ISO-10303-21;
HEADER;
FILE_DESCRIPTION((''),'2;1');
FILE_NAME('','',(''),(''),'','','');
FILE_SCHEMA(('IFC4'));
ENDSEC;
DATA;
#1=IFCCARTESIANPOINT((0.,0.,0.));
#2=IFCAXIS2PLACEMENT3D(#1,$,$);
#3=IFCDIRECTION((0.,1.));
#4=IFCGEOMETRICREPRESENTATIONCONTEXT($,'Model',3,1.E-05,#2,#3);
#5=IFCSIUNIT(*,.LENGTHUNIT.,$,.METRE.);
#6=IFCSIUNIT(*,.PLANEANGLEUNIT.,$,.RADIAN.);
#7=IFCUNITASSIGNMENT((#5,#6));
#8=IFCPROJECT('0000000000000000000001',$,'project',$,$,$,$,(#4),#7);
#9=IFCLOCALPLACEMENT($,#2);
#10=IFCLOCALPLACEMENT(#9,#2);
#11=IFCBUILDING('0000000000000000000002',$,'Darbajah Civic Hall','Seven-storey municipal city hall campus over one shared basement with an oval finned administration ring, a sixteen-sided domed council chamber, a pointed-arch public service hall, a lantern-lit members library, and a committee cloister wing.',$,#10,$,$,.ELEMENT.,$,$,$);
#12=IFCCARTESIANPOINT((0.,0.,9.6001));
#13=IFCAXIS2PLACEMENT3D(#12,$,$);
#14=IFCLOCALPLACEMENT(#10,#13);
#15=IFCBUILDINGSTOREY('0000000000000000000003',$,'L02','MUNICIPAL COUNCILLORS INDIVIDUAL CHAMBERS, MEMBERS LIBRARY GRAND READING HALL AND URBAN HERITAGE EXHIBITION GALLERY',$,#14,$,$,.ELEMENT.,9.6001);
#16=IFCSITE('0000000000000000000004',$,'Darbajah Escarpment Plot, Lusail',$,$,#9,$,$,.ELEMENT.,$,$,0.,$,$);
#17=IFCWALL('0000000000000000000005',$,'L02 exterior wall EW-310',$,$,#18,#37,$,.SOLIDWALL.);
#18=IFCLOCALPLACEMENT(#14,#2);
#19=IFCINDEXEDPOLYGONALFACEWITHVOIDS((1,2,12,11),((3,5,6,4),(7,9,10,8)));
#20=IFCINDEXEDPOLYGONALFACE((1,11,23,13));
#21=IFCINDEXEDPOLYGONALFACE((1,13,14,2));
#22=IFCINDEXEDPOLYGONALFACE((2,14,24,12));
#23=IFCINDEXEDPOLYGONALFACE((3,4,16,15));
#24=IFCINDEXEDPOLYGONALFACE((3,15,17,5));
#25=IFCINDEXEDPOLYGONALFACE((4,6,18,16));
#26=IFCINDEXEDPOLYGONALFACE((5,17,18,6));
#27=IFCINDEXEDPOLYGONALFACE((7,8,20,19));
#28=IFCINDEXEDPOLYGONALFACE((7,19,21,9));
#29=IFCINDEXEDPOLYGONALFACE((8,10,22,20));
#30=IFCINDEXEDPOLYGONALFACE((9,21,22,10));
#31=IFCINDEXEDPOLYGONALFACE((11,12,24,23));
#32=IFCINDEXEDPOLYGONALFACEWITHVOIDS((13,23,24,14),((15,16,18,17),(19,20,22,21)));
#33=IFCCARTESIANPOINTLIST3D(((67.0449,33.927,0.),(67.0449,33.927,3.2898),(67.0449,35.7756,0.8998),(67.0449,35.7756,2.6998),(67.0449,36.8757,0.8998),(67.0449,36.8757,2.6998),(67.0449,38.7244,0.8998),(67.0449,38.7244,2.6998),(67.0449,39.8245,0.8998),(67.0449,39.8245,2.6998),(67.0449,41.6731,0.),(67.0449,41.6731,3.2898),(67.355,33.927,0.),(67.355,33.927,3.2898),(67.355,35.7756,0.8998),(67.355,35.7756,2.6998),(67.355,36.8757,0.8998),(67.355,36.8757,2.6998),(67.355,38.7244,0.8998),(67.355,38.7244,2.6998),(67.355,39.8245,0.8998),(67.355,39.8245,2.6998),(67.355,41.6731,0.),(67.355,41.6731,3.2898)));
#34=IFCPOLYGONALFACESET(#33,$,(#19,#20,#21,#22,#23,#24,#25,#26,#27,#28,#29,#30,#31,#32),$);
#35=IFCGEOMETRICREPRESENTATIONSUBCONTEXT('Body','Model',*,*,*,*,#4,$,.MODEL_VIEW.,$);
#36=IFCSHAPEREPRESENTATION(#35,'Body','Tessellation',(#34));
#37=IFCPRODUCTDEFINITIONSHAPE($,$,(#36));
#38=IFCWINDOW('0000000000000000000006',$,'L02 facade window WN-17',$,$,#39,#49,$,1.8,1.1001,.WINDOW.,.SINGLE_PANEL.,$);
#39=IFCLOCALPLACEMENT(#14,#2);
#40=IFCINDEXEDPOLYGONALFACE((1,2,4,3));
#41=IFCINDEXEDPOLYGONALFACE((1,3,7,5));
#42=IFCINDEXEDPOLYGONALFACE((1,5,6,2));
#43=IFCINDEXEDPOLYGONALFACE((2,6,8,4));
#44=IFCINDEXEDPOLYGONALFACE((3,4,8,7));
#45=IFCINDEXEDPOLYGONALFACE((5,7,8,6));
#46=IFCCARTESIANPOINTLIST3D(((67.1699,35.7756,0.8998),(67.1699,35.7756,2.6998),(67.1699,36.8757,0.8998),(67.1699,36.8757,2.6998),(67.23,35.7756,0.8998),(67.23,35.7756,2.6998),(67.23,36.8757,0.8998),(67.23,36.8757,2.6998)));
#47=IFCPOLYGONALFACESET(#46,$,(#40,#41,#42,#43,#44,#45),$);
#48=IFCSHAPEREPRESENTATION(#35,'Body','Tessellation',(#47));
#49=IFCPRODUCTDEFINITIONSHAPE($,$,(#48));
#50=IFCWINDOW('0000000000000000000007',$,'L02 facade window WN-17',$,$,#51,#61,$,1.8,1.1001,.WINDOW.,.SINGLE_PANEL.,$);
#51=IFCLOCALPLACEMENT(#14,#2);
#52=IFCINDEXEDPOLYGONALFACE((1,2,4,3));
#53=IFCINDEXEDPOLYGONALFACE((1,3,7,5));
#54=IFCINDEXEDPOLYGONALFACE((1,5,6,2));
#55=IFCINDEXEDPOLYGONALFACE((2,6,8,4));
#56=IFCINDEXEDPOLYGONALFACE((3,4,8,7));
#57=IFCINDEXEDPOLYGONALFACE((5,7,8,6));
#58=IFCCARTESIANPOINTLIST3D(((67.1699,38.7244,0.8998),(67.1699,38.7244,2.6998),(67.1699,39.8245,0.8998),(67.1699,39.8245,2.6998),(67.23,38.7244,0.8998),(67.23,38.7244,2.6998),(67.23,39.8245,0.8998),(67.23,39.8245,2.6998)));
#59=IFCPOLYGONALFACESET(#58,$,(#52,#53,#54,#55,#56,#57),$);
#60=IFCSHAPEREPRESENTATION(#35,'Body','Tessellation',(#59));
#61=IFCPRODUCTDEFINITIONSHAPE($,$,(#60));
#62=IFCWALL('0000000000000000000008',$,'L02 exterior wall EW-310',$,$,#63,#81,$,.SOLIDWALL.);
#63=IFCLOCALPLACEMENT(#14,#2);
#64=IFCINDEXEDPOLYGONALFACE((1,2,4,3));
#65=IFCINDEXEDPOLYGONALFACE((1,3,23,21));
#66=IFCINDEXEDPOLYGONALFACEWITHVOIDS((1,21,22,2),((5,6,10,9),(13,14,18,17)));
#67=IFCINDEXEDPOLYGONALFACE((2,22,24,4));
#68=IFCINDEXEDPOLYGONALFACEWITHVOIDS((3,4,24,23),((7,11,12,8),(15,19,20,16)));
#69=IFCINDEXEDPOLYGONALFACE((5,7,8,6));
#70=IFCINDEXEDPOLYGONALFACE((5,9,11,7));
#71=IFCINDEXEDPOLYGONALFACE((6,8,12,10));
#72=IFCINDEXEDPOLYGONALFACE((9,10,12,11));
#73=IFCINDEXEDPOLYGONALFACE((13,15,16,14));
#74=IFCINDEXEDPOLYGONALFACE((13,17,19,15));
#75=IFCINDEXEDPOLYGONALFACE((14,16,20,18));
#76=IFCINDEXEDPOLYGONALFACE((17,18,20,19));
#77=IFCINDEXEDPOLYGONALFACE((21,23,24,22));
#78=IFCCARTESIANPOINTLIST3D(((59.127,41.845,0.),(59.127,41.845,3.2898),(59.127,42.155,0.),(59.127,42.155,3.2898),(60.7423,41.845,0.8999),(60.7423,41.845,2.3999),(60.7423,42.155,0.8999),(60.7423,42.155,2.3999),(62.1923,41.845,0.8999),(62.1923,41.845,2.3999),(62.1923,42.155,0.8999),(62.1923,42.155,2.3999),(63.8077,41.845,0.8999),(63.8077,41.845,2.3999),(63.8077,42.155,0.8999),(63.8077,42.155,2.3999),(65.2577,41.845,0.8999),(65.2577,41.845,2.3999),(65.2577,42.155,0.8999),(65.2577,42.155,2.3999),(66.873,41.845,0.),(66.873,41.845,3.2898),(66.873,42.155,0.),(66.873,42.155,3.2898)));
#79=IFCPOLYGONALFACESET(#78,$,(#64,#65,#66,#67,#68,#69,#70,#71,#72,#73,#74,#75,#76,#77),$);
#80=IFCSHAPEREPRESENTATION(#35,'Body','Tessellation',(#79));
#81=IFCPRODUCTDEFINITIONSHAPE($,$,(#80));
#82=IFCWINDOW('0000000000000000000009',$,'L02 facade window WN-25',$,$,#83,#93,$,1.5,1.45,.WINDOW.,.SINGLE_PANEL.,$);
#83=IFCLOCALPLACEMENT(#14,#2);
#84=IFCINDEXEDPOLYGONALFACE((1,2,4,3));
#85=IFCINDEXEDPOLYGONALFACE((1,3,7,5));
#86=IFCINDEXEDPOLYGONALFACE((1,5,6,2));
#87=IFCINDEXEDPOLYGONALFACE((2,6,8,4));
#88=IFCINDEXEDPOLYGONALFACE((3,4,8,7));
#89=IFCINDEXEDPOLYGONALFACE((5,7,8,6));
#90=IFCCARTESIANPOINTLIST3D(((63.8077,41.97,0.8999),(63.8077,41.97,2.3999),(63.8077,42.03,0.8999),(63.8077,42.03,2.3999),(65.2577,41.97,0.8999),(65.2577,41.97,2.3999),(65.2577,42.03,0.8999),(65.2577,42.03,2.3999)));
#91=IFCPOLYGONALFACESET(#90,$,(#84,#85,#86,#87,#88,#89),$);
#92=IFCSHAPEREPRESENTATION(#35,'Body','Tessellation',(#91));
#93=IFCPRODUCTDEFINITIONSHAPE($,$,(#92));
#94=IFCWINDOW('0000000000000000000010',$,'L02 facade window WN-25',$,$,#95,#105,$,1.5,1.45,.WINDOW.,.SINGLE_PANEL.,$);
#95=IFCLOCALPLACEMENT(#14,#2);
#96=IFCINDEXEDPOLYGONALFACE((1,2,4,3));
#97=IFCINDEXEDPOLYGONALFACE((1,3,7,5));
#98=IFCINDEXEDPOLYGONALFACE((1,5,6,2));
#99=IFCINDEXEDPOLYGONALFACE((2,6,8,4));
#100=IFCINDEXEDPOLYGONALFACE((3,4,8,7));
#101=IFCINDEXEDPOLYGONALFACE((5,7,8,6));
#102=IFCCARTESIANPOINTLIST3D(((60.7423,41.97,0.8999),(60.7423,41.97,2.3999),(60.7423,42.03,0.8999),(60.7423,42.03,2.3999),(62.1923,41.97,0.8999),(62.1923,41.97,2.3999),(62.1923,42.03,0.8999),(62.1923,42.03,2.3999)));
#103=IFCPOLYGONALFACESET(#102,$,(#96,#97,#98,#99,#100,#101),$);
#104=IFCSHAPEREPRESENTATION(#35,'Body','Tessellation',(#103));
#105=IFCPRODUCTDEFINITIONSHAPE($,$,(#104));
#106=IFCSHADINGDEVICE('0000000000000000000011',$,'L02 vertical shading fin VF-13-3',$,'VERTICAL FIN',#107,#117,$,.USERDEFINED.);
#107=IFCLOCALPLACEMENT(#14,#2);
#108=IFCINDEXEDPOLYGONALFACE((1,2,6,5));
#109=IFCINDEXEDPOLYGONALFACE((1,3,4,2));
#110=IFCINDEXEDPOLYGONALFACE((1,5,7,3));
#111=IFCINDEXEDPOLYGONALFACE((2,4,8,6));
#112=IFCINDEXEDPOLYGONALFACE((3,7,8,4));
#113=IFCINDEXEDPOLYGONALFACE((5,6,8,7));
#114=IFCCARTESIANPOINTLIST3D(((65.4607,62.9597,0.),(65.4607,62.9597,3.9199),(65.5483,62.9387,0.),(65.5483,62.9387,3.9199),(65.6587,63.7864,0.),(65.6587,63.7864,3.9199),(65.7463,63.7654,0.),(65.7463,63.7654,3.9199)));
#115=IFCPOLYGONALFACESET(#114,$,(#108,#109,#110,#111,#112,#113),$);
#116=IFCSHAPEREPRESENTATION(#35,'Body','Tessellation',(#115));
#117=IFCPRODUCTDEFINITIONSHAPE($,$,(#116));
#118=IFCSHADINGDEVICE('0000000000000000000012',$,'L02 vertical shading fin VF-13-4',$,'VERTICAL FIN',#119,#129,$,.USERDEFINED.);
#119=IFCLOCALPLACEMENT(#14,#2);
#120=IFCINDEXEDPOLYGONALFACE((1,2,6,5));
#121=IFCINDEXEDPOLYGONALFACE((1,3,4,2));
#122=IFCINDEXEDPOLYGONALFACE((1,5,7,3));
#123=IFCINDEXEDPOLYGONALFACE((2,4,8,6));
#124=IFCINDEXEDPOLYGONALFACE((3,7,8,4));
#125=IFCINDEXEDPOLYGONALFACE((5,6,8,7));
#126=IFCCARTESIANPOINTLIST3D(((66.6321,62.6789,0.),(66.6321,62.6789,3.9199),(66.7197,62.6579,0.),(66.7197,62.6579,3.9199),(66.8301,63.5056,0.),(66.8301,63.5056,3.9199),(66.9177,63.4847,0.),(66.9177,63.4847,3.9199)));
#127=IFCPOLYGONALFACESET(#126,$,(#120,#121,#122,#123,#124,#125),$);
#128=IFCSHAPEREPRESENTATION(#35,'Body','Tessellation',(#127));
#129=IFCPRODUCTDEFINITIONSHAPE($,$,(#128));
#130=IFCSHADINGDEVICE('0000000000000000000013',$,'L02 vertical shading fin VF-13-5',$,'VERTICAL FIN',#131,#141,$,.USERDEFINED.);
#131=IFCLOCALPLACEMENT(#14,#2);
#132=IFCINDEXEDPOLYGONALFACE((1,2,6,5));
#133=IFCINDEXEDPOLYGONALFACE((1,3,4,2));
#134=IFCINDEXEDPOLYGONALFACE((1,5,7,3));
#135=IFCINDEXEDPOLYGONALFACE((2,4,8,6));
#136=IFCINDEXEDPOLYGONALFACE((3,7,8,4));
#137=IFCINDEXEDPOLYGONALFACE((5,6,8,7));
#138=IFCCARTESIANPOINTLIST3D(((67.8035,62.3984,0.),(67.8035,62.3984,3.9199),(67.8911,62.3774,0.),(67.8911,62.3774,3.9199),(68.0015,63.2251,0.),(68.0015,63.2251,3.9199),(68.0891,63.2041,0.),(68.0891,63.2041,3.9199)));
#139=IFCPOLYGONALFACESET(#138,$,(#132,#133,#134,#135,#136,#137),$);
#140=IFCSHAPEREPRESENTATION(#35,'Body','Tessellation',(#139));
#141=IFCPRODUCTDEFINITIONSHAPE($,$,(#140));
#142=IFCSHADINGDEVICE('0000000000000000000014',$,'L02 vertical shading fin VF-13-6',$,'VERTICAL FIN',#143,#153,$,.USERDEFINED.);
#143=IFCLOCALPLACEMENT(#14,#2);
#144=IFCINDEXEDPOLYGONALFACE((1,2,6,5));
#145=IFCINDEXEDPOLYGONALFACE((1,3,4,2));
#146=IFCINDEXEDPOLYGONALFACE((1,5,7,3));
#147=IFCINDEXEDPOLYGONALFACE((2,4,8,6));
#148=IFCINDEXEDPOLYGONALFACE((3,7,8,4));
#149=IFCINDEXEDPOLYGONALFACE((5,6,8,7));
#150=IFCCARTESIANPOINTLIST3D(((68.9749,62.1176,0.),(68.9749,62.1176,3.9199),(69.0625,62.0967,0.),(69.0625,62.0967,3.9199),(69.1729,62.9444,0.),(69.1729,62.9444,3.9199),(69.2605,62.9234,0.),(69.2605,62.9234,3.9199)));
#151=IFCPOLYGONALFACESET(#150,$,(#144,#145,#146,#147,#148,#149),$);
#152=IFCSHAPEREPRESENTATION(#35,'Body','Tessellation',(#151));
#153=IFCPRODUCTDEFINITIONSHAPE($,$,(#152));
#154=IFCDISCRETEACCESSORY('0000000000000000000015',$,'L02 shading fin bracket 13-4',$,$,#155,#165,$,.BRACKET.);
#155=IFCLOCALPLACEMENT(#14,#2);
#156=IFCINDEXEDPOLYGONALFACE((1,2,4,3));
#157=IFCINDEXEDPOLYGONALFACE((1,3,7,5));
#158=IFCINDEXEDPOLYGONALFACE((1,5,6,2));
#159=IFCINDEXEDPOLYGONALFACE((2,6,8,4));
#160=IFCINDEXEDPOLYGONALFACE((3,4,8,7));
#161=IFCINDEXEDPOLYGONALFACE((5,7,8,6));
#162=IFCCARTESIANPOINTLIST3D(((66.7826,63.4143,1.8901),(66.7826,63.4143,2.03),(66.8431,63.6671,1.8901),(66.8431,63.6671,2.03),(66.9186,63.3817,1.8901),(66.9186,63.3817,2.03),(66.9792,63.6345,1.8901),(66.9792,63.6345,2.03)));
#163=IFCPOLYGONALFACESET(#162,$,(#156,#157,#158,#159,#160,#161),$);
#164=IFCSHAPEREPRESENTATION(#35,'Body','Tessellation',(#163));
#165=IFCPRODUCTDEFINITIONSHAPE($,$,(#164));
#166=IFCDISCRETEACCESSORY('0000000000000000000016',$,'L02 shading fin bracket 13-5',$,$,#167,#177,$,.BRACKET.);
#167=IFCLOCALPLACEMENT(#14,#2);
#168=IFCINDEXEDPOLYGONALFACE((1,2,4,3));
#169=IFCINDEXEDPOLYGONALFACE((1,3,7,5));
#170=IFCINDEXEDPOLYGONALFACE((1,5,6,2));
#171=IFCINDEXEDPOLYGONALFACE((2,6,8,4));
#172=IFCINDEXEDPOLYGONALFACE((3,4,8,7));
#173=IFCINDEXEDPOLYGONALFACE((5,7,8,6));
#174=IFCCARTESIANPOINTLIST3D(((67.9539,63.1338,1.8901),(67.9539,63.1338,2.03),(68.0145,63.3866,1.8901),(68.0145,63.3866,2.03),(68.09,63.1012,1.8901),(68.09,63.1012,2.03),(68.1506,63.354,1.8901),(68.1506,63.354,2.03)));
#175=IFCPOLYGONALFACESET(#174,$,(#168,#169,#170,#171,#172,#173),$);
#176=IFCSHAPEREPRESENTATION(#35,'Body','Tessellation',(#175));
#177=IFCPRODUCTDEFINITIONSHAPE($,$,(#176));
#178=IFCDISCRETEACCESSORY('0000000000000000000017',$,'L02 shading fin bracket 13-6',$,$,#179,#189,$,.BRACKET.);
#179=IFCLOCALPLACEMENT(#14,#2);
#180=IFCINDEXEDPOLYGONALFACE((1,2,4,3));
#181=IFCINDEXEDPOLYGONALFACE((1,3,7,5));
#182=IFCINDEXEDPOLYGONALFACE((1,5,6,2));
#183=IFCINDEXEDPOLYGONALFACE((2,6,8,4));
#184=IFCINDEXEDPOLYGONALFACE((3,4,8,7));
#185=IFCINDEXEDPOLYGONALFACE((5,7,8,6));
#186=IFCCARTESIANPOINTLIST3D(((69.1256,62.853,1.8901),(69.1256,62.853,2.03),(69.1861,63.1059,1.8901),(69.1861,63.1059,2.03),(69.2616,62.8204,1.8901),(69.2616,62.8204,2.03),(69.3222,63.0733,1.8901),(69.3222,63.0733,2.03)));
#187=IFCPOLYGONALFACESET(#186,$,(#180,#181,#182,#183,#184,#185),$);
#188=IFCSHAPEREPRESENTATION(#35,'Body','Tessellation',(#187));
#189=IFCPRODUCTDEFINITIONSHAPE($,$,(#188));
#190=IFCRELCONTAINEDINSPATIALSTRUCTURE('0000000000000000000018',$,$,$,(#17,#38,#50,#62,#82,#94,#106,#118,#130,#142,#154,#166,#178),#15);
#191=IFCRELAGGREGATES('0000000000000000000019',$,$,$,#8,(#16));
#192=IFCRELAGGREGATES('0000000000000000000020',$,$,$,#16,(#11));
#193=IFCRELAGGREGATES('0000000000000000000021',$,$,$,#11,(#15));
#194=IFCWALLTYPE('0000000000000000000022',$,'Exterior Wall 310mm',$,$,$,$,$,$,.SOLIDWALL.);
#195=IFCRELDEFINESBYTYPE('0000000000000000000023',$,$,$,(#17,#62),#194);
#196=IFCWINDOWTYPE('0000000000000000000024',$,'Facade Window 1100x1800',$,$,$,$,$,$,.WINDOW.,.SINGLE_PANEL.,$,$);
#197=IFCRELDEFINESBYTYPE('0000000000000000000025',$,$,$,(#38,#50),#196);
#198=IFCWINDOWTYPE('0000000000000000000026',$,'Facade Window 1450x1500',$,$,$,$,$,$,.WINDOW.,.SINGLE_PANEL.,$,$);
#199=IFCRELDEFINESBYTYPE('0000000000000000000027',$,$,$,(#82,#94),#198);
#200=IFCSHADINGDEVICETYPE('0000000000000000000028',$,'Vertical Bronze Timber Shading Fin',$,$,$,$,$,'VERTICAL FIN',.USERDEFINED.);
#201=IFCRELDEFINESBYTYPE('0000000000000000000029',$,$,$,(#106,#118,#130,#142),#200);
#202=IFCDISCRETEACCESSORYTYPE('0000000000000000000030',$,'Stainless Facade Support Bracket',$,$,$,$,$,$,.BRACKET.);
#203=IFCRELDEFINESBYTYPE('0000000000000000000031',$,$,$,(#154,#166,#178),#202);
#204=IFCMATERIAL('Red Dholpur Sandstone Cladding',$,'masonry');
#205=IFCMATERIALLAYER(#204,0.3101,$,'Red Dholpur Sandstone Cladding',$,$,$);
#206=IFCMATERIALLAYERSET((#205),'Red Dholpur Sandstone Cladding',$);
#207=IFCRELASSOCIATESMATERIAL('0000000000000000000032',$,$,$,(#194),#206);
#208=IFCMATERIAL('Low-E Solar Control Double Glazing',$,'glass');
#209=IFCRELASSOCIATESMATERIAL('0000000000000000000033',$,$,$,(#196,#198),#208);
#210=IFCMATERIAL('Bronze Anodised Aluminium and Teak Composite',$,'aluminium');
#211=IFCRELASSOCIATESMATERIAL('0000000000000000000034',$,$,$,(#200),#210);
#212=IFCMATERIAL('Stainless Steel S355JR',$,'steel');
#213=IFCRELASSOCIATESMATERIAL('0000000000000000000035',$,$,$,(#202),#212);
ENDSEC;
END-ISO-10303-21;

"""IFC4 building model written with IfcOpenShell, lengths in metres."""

from ifc_helpers import new_model, si_unit, direction, frame, frame_2d, origin, origin_2d, place, context, subcontext, project, spatial, rectangle, extrude, material, layer, layer_set, type_object, element, fill, save


model = new_model("IFC4")

# Units and contexts
model_context = context("Model", 3, precision=1e-05, world=origin(), true_north=direction((0.0, 1.0)))
body_context = subcontext(model_context, "Body", "Model", "MODEL_VIEW")
ifc_project = project(units=[si_unit("LENGTHUNIT", "METRE"), si_unit("PLANEANGLEUNIT", "RADIAN")], contexts=[model_context])

# Site, building, storey
site_placement = place(None, origin())
site = spatial("IfcSite", under=ifc_project, at=site_placement, Name="Darbajah Escarpment Plot, Lusail", CompositionType="ELEMENT", RefElevation=0.0)
building_placement = place(site_placement, origin())
building = spatial("IfcBuilding", under=site, at=building_placement, Name="Darbajah Civic Hall", Description="Seven-storey municipal city hall campus over one shared basement with an oval finned administration ring, a sixteen-sided domed council chamber, a pointed-arch public service hall, a lantern-lit members library, and a committee cloister wing.", CompositionType="ELEMENT")
storey_placement = place(building_placement, frame((0.0, 0.0, 9.6001)))
storey = spatial("IfcBuildingStorey", under=building, at=storey_placement, Name="L02", Description="MUNICIPAL COUNCILLORS INDIVIDUAL CHAMBERS, MEMBERS LIBRARY GRAND READING HALL AND URBAN HERITAGE EXHIBITION GALLERY", CompositionType="ELEMENT", Elevation=9.6001)

# Shared definitions
ifc_material_1 = material(Name="Low-E Solar Control Double Glazing", Category="glass")

# Walls, openings, windows
ifc_material_2 = material(Name="Red Dholpur Sandstone Cladding", Category="masonry")
ifc_layer_1 = layer(ifc_material_2, 0.3101, Name="Red Dholpur Sandstone Cladding")
ifc_layer_set_1 = layer_set([ifc_layer_1], Name="Red Dholpur Sandstone Cladding")
wall_type = type_object("IfcWallType", Name="Exterior Wall 310mm", PredefinedType="SOLIDWALL", material=ifc_layer_set_1)
wall_1_placement = place(storey_placement, frame((67.2, 33.927, 0.0), z_axis=(0.0, 0.0, 1.0), x_axis=(0.0, 1.0, 0.0)))
wall_1 = element("IfcWall", 1, at=wall_1_placement, inside=storey, type_object=wall_type, Name="L02 exterior wall EW-310", PredefinedType="SOLIDWALL", context=body_context, shape_type="SweptSolid", body=[
    extrude(rectangle(XDim=7.7461, YDim=0.3101, at=frame_2d((3.873, 0.0))), origin(), (0.0, 0.0, 1.0), 3.2898),
])
opening_1_placement = place(wall_1_placement, frame((1.8486, 0.0, 0.8999)))
opening_1 = element("IfcOpeningElement", 2, at=opening_1_placement, cuts=wall_1, PredefinedType="OPENING", context=body_context, shape_type="SweptSolid", body=[
    extrude(rectangle(XDim=1.1001, YDim=1.8, at=frame_2d((0.55, 0.8999))), frame((0.0, 0.165, 0.0), z_axis=(0.0, -1.0, 0.0), x_axis=(1.0, 0.0, 0.0)), (0.0, 0.0, 1.0), 0.3301),
])
opening_2_placement = place(wall_1_placement, frame((4.7974, 0.0, 0.8999)))
opening_2 = element("IfcOpeningElement", 3, at=opening_2_placement, cuts=wall_1, PredefinedType="OPENING", context=body_context, shape_type="SweptSolid", body=[
    extrude(rectangle(XDim=1.1001, YDim=1.8, at=frame_2d((0.55, 0.8999))), frame((0.0, 0.165, 0.0), z_axis=(0.0, -1.0, 0.0), x_axis=(1.0, 0.0, 0.0)), (0.0, 0.0, 1.0), 0.3301),
])
window_type_1 = type_object("IfcWindowType", Name="Facade Window 1100x1800", PartitioningType="SINGLE_PANEL", PredefinedType="WINDOW", material=ifc_material_1)
window_1_placement = place(opening_1_placement, origin())
window_1 = element("IfcWindow", 4, at=window_1_placement, inside=storey, type_object=window_type_1, Name="L02 facade window WN-17", OverallHeight=1.8, OverallWidth=1.1001, PartitioningType="SINGLE_PANEL", PredefinedType="WINDOW", context=body_context, shape_type="SweptSolid", body=[
    extrude(rectangle(XDim=1.1001, YDim=1.8, at=frame_2d((0.55, 0.8999))), frame((0.0, 0.03, 0.0), z_axis=(0.0, -1.0, 0.0), x_axis=(1.0, 0.0, 0.0)), (0.0, 0.0, 1.0), 0.0601),
])
fill(opening_1, window_1)
window_2_placement = place(opening_2_placement, origin())
window_2 = element("IfcWindow", 5, at=window_2_placement, inside=storey, type_object=window_type_1, Name="L02 facade window WN-17", OverallHeight=1.8, OverallWidth=1.1001, PartitioningType="SINGLE_PANEL", PredefinedType="WINDOW", context=body_context, shape_type="SweptSolid", body=[
    extrude(rectangle(XDim=1.1001, YDim=1.8, at=frame_2d((0.55, 0.8999))), frame((0.0, 0.03, 0.0), z_axis=(0.0, -1.0, 0.0), x_axis=(1.0, 0.0, 0.0)), (0.0, 0.0, 1.0), 0.0601),
])
fill(opening_2, window_2)
wall_2_placement = place(storey_placement, frame((66.873, 42.0, 0.0), z_axis=(0.0, 0.0, 1.0), x_axis=(-1.0, 0.0, 0.0)))
wall_2 = element("IfcWall", 6, at=wall_2_placement, inside=storey, type_object=wall_type, Name="L02 exterior wall EW-310", PredefinedType="SOLIDWALL", context=body_context, shape_type="SweptSolid", body=[
    extrude(rectangle(XDim=7.7461, YDim=0.3101, at=frame_2d((3.873, 0.0))), origin(), (0.0, 0.0, 1.0), 3.2898),
])
opening_3_placement = place(wall_2_placement, frame((1.6152, 0.0, 0.8999)))
opening_3 = element("IfcOpeningElement", 7, at=opening_3_placement, cuts=wall_2, PredefinedType="OPENING", context=body_context, shape_type="SweptSolid", body=[
    extrude(rectangle(XDim=1.45, YDim=1.5, at=frame_2d((0.7251, 0.75))), frame((0.0, 0.165, 0.0), z_axis=(0.0, -1.0, 0.0), x_axis=(1.0, 0.0, 0.0)), (0.0, 0.0, 1.0), 0.3301),
])
opening_4_placement = place(wall_2_placement, frame((4.6807, 0.0, 0.8999)))
opening_4 = element("IfcOpeningElement", 8, at=opening_4_placement, cuts=wall_2, PredefinedType="OPENING", context=body_context, shape_type="SweptSolid", body=[
    extrude(rectangle(XDim=1.45, YDim=1.5, at=frame_2d((0.7251, 0.75))), frame((0.0, 0.165, 0.0), z_axis=(0.0, -1.0, 0.0), x_axis=(1.0, 0.0, 0.0)), (0.0, 0.0, 1.0), 0.3301),
])
window_type_2 = type_object("IfcWindowType", Name="Facade Window 1450x1500", PartitioningType="SINGLE_PANEL", PredefinedType="WINDOW", material=ifc_material_1)
window_3_placement = place(opening_3_placement, origin())
window_3 = element("IfcWindow", 9, at=window_3_placement, inside=storey, type_object=window_type_2, Name="L02 facade window WN-25", OverallHeight=1.5, OverallWidth=1.45, PartitioningType="SINGLE_PANEL", PredefinedType="WINDOW", context=body_context, shape_type="SweptSolid", body=[
    extrude(rectangle(XDim=1.45, YDim=1.5, at=frame_2d((0.7251, 0.75))), frame((0.0, 0.03, 0.0), z_axis=(0.0, -1.0, 0.0), x_axis=(1.0, 0.0, 0.0)), (0.0, 0.0, 1.0), 0.0601),
])
fill(opening_3, window_3)
window_4_placement = place(opening_4_placement, origin())
window_4 = element("IfcWindow", 10, at=window_4_placement, inside=storey, type_object=window_type_2, Name="L02 facade window WN-25", OverallHeight=1.5, OverallWidth=1.45, PartitioningType="SINGLE_PANEL", PredefinedType="WINDOW", context=body_context, shape_type="SweptSolid", body=[
    extrude(rectangle(XDim=1.45, YDim=1.5, at=frame_2d((0.7251, 0.75))), frame((0.0, 0.03, 0.0), z_axis=(0.0, -1.0, 0.0), x_axis=(1.0, 0.0, 0.0)), (0.0, 0.0, 1.0), 0.0601),
])
fill(opening_4, window_4)

# Shading devices
ifc_material_3 = material(Name="Bronze Anodised Aluminium and Teak Composite", Category="aluminium")
shading_device_type = type_object("IfcShadingDeviceType", Name="Vertical Bronze Timber Shading Fin", ElementType="VERTICAL FIN", PredefinedType="USERDEFINED", material=ifc_material_3)
for number, where, z_axis, x_axis, name in (
    (11, (65.6035, 63.3625, 0.0), (0.0, 0.0, 1.0), (-0.232936, -0.972492, 0.0), "L02 vertical shading fin VF-13-3"),
    (12, (66.7749, 63.0818, 0.0), (0.0, 0.0, 1.0), (-0.232936, -0.972492, 0.0), "L02 vertical shading fin VF-13-4"),
    (13, (67.9463, 62.8013, 0.0), (0.0, 0.0, 1.0), (-0.232936, -0.972492, 0.0), "L02 vertical shading fin VF-13-5"),
    (14, (69.1177, 62.5205, 0.0), (0.0, 0.0, 1.0), (-0.232936, -0.972492, 0.0), "L02 vertical shading fin VF-13-6"),
):
    element("IfcShadingDevice", number, at=place(storey_placement, frame(where, z_axis=z_axis, x_axis=x_axis)), inside=storey, type_object=shading_device_type, Name=name, ObjectType="VERTICAL FIN", PredefinedType="USERDEFINED", context=body_context, shape_type="SweptSolid", body=[
        extrude(rectangle(XDim=0.8501, YDim=0.0901, at=origin_2d()), origin(), (0.0, 0.0, 1.0), 3.9199),
    ])

# Discrete accessories
ifc_material_4 = material(Name="Stainless Steel S355JR", Category="steel")
discrete_accessory_type = type_object("IfcDiscreteAccessoryType", Name="Stainless Facade Support Bracket", PredefinedType="BRACKET", material=ifc_material_4)
for number, where, z_axis, x_axis, name in (
    (15, (66.8809, 63.5244, 1.8901), (0.0, 0.0, 1.0), (-0.232936, -0.972492, 0.0), "L02 shading fin bracket 13-4"),
    (16, (68.0522, 63.2439, 1.8901), (0.0, 0.0, 1.0), (-0.232936, -0.972492, 0.0), "L02 shading fin bracket 13-5"),
    (17, (69.2239, 62.9631, 1.8901), (0.0, 0.0, 1.0), (-0.232936, -0.972492, 0.0), "L02 shading fin bracket 13-6"),
):
    element("IfcDiscreteAccessory", number, at=place(storey_placement, frame(where, z_axis=z_axis, x_axis=x_axis)), inside=storey, type_object=discrete_accessory_type, Name=name, PredefinedType="BRACKET", context=body_context, shape_type="SweptSolid", body=[
        extrude(rectangle(XDim=0.26, YDim=0.1399, at=origin_2d()), origin(), (0.0, 0.0, 1.0), 0.1399),
    ])

save(model, "model.ifc")
